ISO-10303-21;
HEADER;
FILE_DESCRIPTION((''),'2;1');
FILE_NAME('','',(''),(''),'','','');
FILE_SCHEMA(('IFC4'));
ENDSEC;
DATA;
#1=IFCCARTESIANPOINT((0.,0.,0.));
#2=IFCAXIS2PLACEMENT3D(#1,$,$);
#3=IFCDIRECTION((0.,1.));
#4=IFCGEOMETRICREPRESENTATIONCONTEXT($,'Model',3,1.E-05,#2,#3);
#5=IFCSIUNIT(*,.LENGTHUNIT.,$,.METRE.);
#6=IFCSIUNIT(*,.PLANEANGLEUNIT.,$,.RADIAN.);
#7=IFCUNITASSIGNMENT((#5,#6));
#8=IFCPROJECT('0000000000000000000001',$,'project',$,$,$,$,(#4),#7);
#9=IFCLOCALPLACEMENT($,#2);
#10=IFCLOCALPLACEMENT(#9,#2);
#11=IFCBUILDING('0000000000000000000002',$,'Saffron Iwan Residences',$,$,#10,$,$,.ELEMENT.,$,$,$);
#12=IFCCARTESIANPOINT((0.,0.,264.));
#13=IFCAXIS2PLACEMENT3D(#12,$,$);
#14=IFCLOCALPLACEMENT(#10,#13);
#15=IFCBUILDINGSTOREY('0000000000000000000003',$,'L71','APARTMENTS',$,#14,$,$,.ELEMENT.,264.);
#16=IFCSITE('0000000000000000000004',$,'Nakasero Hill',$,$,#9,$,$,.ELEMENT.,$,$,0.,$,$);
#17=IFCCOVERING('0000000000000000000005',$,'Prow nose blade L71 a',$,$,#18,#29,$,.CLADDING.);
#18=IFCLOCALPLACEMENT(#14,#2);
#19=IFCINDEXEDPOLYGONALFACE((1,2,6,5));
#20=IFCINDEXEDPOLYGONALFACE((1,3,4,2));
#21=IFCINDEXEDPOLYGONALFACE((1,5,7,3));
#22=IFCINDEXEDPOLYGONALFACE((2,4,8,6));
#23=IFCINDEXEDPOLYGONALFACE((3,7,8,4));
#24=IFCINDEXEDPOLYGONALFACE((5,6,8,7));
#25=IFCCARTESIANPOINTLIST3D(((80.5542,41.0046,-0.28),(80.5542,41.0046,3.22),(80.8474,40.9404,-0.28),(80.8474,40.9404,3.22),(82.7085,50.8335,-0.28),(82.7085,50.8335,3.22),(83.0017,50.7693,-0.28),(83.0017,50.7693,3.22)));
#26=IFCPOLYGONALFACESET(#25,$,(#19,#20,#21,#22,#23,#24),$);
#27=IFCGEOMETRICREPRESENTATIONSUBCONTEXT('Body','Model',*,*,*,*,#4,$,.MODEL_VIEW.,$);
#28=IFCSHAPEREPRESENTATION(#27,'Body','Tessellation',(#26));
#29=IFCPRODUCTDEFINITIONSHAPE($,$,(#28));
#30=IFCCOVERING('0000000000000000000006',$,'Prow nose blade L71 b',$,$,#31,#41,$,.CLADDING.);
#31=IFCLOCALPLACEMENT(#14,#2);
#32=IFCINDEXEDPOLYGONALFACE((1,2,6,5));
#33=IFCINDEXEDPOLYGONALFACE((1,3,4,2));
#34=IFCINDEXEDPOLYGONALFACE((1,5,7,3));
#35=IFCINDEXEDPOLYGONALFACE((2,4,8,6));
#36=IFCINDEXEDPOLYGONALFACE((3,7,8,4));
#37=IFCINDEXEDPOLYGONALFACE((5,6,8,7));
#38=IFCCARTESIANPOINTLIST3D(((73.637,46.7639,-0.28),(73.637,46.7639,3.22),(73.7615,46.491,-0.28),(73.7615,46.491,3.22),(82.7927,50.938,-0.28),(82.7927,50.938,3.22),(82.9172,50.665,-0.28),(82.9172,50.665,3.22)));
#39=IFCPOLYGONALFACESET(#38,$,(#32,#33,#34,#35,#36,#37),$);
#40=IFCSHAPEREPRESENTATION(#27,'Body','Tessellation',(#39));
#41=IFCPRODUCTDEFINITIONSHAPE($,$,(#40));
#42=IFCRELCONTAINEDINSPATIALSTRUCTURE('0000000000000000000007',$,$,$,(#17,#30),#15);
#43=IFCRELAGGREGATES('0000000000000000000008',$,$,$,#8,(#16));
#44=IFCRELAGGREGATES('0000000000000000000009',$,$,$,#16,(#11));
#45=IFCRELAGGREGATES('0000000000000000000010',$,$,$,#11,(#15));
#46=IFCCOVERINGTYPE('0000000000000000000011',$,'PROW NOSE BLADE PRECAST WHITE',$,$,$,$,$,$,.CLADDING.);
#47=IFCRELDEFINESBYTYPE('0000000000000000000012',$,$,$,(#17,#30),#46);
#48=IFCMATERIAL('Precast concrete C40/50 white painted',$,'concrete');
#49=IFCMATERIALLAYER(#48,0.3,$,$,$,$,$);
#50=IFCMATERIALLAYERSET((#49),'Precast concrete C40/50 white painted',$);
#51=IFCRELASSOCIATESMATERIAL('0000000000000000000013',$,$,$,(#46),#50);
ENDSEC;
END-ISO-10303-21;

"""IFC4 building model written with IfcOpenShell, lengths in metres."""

from ifc_helpers import new_model, si_unit, direction, frame, origin, place, context, subcontext, project, spatial, polyline, outline, extrude, material, layer, layer_set, type_object, element, save


model = new_model("IFC4")

# Units and contexts
model_context = context("Model", 3, precision=1e-05, world=origin(), true_north=direction((0.0, 1.0)))
body_context = subcontext(model_context, "Body", "Model", "MODEL_VIEW")
ifc_project = project(units=[si_unit("LENGTHUNIT", "METRE"), si_unit("PLANEANGLEUNIT", "RADIAN")], contexts=[model_context])

# Site, building, storey
site_placement = place(None, origin())
site = spatial("IfcSite", under=ifc_project, at=site_placement, Name="Nakasero Hill", CompositionType="ELEMENT", RefElevation=0.0)
building_placement = place(site_placement, origin())
building = spatial("IfcBuilding", under=site, at=building_placement, Name="Saffron Iwan Residences", CompositionType="ELEMENT")
storey_placement = place(building_placement, frame((0.0, 0.0, 264.0)))
storey = spatial("IfcBuildingStorey", under=building, at=storey_placement, Name="L71", Description="APARTMENTS", CompositionType="ELEMENT", Elevation=264.0)

# Coverings
ifc_material_1 = material(Name="Precast concrete C40/50 white painted", Category="concrete")
ifc_layer_1 = layer(ifc_material_1, 0.3)
ifc_layer_set_1 = layer_set([ifc_layer_1], Name="Precast concrete C40/50 white painted")
covering_type_1 = type_object("IfcCoveringType", Name="PROW NOSE BLADE PRECAST WHITE", PredefinedType="CLADDING", material=ifc_layer_set_1)
covering_1_placement = place(storey_placement, frame((0.0, 0.0, -0.28)))
element("IfcCovering", 1, at=covering_1_placement, inside=storey, type_object=covering_type_1, Name="Prow nose blade L71 a", PredefinedType="CLADDING", context=body_context, shape_type="SweptSolid", body=[
    extrude(outline(polyline([(80.8474, 40.9404), (83.0017, 50.7693), (82.7085, 50.8335), (80.5542, 41.0046), (80.8474, 40.9404)])), origin(), (0.0, 0.0, 1.0), 3.5),
])
covering_2_placement = place(storey_placement, frame((0.0, 0.0, -0.28)))
element("IfcCovering", 2, at=covering_2_placement, inside=storey, type_object=covering_type_1, Name="Prow nose blade L71 b", PredefinedType="CLADDING", context=body_context, shape_type="SweptSolid", body=[
    extrude(outline(polyline([(73.7615, 46.491), (82.9172, 50.665), (82.7927, 50.938), (73.637, 46.7639), (73.7615, 46.491)])), origin(), (0.0, 0.0, 1.0), 3.5),
])

save(model, "model.ifc")
